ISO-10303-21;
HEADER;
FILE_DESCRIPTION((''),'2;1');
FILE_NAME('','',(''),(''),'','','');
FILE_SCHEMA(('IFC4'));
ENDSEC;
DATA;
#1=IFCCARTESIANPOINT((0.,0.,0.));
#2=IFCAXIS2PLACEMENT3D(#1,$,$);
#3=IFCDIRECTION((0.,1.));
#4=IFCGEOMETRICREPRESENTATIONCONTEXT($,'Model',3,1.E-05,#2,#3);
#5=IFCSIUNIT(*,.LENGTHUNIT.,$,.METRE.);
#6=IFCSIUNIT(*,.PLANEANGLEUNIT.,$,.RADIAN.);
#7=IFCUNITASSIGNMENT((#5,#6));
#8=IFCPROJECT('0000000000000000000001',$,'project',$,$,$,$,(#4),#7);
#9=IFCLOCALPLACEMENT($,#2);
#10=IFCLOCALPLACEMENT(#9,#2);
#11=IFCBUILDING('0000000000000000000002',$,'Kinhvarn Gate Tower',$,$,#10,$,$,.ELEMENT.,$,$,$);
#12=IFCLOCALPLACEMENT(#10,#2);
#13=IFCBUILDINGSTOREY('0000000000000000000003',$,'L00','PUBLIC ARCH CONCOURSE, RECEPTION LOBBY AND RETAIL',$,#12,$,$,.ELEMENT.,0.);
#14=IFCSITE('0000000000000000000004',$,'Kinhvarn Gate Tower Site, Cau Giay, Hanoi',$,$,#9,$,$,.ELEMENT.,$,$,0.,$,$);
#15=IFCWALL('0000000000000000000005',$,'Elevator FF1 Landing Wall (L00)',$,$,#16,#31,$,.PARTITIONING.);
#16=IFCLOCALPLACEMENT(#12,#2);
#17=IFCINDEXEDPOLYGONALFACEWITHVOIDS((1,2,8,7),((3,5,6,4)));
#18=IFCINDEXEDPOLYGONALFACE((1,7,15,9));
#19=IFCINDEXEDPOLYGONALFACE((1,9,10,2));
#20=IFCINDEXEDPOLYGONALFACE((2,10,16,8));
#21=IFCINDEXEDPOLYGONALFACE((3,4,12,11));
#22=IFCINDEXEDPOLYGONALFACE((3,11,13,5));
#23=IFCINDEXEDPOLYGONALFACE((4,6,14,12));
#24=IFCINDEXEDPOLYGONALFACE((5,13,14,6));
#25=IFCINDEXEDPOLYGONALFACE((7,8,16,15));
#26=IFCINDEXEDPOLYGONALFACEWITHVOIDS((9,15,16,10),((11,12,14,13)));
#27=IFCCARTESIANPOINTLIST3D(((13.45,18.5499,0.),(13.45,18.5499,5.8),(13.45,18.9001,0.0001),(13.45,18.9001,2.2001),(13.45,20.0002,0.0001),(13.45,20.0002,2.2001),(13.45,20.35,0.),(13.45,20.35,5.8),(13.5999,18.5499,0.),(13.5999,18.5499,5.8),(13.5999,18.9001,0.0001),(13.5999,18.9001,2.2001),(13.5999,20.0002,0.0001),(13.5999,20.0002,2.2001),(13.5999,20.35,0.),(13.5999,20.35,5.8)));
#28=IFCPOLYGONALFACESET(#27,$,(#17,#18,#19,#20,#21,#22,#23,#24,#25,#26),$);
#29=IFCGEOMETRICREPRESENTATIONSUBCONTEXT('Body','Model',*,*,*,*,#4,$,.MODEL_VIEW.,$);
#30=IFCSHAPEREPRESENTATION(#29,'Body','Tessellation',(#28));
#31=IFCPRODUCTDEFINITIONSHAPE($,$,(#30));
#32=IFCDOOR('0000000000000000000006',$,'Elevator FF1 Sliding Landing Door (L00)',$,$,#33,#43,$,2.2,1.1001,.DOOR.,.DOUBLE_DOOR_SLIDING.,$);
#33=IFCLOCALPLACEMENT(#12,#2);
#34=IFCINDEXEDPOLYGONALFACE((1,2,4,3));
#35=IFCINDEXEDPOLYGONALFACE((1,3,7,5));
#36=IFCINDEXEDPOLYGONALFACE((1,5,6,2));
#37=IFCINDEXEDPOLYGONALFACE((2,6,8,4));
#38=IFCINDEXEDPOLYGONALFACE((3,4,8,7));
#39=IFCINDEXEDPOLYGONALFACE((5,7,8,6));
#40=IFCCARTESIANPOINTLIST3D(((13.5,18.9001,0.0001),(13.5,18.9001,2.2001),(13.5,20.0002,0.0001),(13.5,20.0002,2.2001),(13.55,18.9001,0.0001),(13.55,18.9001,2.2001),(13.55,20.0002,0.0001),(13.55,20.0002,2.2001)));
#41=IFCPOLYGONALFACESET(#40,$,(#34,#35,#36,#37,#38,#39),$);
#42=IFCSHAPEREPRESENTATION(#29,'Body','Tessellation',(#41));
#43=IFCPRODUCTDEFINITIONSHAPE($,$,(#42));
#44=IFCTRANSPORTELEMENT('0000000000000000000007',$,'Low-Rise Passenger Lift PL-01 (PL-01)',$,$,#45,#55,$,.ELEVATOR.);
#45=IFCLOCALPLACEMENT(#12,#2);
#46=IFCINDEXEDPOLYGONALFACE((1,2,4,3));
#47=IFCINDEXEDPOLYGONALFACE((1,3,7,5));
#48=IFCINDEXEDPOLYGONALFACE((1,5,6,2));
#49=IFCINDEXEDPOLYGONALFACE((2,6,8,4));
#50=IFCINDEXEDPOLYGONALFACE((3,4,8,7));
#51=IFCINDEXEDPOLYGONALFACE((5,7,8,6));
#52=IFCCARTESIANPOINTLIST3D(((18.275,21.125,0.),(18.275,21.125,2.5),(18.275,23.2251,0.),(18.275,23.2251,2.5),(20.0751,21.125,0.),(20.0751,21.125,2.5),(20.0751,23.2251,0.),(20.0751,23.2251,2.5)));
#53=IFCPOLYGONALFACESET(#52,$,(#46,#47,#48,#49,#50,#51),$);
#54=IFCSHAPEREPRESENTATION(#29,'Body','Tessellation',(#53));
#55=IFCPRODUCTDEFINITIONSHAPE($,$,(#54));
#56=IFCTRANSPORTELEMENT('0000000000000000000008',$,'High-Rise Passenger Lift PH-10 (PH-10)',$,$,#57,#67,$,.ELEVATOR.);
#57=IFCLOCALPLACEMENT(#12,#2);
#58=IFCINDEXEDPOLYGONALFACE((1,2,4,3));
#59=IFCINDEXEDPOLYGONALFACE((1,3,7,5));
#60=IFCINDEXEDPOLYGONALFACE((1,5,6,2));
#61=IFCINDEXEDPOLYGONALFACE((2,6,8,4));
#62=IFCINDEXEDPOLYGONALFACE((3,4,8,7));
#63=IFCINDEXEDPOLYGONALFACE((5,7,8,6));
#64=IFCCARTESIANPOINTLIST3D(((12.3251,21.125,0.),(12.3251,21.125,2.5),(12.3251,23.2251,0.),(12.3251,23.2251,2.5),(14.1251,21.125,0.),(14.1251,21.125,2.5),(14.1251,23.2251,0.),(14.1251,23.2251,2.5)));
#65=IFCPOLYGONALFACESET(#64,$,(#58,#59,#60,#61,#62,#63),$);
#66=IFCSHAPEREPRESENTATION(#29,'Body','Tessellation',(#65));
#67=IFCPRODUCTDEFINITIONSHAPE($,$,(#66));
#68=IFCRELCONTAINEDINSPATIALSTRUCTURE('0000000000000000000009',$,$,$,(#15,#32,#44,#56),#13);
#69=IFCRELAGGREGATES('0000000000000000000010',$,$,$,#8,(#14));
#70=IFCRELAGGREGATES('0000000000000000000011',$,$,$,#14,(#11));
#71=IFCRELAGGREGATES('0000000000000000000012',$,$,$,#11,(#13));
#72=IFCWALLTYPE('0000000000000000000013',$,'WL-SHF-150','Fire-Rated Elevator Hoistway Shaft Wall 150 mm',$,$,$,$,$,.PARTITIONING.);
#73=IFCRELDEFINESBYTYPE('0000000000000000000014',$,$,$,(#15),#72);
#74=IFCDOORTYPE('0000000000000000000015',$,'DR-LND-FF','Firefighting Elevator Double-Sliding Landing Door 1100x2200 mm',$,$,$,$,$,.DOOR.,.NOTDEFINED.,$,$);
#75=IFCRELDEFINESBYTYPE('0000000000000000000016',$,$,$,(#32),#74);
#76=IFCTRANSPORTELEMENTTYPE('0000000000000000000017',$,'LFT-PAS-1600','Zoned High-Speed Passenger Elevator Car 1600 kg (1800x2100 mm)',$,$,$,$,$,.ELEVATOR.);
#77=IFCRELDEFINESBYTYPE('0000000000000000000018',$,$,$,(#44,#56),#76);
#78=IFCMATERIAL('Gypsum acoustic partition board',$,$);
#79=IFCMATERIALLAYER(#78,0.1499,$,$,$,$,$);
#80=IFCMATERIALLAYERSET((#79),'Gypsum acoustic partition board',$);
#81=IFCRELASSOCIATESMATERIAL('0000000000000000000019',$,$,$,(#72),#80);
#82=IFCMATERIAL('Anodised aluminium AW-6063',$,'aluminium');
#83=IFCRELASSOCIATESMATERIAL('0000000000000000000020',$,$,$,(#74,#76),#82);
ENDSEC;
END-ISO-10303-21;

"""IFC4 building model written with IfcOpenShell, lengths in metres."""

from ifc_helpers import new_model, si_unit, direction, frame, frame_2d, origin, origin_2d, place, context, subcontext, project, spatial, rectangle, extrude, material, layer, layer_set, type_object, element, fill, save


model = new_model("IFC4")

# Units and contexts
model_context = context("Model", 3, precision=1e-05, world=origin(), true_north=direction((0.0, 1.0)))
body_context = subcontext(model_context, "Body", "Model", "MODEL_VIEW")
ifc_project = project(units=[si_unit("LENGTHUNIT", "METRE"), si_unit("PLANEANGLEUNIT", "RADIAN")], contexts=[model_context])

# Site, building, storey
site_placement = place(None, origin())
site = spatial("IfcSite", under=ifc_project, at=site_placement, Name="Kinhvarn Gate Tower Site, Cau Giay, Hanoi", CompositionType="ELEMENT", RefElevation=0.0)
building_placement = place(site_placement, origin())
building = spatial("IfcBuilding", under=site, at=building_placement, Name="Kinhvarn Gate Tower", CompositionType="ELEMENT")
storey_placement = place(building_placement, origin())
storey = spatial("IfcBuildingStorey", under=building, at=storey_placement, Name="L00", Description="PUBLIC ARCH CONCOURSE, RECEPTION LOBBY AND RETAIL", CompositionType="ELEMENT", Elevation=0.0)

# Shared definitions
ifc_material_1 = material(Name="Gypsum acoustic partition board")

# Shared definitions
ifc_material_2 = material(Name="Anodised aluminium AW-6063", Category="aluminium")

# Shared definitions
ifc_layer_1 = layer(ifc_material_1, 0.1499)
ifc_layer_set_1 = layer_set([ifc_layer_1], Name="Gypsum acoustic partition board")
wall_type_1 = type_object("IfcWallType", Name="WL-SHF-150", Description="Fire-Rated Elevator Hoistway Shaft Wall 150 mm", PredefinedType="PARTITIONING", material=ifc_layer_set_1)

# Wall, opening, door
wall_1_placement = place(storey_placement, frame((13.5249, 18.55, 0.0), z_axis=(0.0, 0.0, 1.0), x_axis=(0.0, 1.0, 0.0)))
wall_1 = element("IfcWall", 1, at=wall_1_placement, inside=storey, type_object=wall_type_1, Name="Elevator FF1 Landing Wall (L00)", PredefinedType="PARTITIONING", context=body_context, shape_type="SweptSolid", body=[
    extrude(rectangle(XDim=1.8, YDim=0.1499, at=frame_2d((0.8999, 0.0))), origin(), (0.0, 0.0, 1.0), 5.8),
])
opening_1_placement = place(wall_1_placement, frame((0.3501, 0.0, 0.0)))
opening_1 = element("IfcOpeningElement", 2, at=opening_1_placement, cuts=wall_1, PredefinedType="OPENING", context=body_context, shape_type="SweptSolid", body=[
    extrude(rectangle(XDim=1.1001, YDim=2.2, at=frame_2d((0.55, 1.1001))), frame((0.0, 0.085, 0.0), z_axis=(0.0, -1.0, 0.0), x_axis=(1.0, 0.0, 0.0)), (0.0, 0.0, 1.0), 0.1699),
])
door_type_1 = type_object("IfcDoorType", Name="DR-LND-FF", Description="Firefighting Elevator Double-Sliding Landing Door 1100x2200 mm", OperationType="NOTDEFINED", PredefinedType="DOOR", material=ifc_material_2)
door_1_placement = place(opening_1_placement, origin())
door_1 = element("IfcDoor", 3, at=door_1_placement, inside=storey, type_object=door_type_1, Name="Elevator FF1 Sliding Landing Door (L00)", OperationType="DOUBLE_DOOR_SLIDING", OverallHeight=2.2, OverallWidth=1.1001, PredefinedType="DOOR", context=body_context, shape_type="SweptSolid", body=[
    extrude(rectangle(XDim=1.1001, YDim=2.2, at=frame_2d((0.55, 1.1001))), frame((0.0, 0.0249, 0.0), z_axis=(0.0, -1.0, 0.0), x_axis=(1.0, 0.0, 0.0)), (0.0, 0.0, 1.0), 0.05),
])
fill(opening_1, door_1)

# Transport elements
transport_element_type = type_object("IfcTransportElementType", Name="LFT-PAS-1600", Description="Zoned High-Speed Passenger Elevator Car 1600 kg (1800x2100 mm)", PredefinedType="ELEVATOR", material=ifc_material_2)
for number, where, z_axis, x_axis, name in (
    (4, (19.175, 22.175, 0.0), (0.0, 0.0, 1.0), (1.0, 0.0, 0.0), "Low-Rise Passenger Lift PL-01 (PL-01)"),
    (5, (13.2251, 22.175, 0.0), (0.0, 0.0, 1.0), (1.0, 0.0, 0.0), "High-Rise Passenger Lift PH-10 (PH-10)"),
):
    element("IfcTransportElement", number, at=place(storey_placement, frame(where, z_axis=z_axis, x_axis=x_axis)), inside=storey, type_object=transport_element_type, Name=name, PredefinedType="ELEVATOR", context=body_context, shape_type="SweptSolid", body=[
        extrude(rectangle(XDim=1.8, YDim=2.1001, at=origin_2d()), origin(), (0.0, 0.0, 1.0), 2.5),
    ])

save(model, "model.ifc")
